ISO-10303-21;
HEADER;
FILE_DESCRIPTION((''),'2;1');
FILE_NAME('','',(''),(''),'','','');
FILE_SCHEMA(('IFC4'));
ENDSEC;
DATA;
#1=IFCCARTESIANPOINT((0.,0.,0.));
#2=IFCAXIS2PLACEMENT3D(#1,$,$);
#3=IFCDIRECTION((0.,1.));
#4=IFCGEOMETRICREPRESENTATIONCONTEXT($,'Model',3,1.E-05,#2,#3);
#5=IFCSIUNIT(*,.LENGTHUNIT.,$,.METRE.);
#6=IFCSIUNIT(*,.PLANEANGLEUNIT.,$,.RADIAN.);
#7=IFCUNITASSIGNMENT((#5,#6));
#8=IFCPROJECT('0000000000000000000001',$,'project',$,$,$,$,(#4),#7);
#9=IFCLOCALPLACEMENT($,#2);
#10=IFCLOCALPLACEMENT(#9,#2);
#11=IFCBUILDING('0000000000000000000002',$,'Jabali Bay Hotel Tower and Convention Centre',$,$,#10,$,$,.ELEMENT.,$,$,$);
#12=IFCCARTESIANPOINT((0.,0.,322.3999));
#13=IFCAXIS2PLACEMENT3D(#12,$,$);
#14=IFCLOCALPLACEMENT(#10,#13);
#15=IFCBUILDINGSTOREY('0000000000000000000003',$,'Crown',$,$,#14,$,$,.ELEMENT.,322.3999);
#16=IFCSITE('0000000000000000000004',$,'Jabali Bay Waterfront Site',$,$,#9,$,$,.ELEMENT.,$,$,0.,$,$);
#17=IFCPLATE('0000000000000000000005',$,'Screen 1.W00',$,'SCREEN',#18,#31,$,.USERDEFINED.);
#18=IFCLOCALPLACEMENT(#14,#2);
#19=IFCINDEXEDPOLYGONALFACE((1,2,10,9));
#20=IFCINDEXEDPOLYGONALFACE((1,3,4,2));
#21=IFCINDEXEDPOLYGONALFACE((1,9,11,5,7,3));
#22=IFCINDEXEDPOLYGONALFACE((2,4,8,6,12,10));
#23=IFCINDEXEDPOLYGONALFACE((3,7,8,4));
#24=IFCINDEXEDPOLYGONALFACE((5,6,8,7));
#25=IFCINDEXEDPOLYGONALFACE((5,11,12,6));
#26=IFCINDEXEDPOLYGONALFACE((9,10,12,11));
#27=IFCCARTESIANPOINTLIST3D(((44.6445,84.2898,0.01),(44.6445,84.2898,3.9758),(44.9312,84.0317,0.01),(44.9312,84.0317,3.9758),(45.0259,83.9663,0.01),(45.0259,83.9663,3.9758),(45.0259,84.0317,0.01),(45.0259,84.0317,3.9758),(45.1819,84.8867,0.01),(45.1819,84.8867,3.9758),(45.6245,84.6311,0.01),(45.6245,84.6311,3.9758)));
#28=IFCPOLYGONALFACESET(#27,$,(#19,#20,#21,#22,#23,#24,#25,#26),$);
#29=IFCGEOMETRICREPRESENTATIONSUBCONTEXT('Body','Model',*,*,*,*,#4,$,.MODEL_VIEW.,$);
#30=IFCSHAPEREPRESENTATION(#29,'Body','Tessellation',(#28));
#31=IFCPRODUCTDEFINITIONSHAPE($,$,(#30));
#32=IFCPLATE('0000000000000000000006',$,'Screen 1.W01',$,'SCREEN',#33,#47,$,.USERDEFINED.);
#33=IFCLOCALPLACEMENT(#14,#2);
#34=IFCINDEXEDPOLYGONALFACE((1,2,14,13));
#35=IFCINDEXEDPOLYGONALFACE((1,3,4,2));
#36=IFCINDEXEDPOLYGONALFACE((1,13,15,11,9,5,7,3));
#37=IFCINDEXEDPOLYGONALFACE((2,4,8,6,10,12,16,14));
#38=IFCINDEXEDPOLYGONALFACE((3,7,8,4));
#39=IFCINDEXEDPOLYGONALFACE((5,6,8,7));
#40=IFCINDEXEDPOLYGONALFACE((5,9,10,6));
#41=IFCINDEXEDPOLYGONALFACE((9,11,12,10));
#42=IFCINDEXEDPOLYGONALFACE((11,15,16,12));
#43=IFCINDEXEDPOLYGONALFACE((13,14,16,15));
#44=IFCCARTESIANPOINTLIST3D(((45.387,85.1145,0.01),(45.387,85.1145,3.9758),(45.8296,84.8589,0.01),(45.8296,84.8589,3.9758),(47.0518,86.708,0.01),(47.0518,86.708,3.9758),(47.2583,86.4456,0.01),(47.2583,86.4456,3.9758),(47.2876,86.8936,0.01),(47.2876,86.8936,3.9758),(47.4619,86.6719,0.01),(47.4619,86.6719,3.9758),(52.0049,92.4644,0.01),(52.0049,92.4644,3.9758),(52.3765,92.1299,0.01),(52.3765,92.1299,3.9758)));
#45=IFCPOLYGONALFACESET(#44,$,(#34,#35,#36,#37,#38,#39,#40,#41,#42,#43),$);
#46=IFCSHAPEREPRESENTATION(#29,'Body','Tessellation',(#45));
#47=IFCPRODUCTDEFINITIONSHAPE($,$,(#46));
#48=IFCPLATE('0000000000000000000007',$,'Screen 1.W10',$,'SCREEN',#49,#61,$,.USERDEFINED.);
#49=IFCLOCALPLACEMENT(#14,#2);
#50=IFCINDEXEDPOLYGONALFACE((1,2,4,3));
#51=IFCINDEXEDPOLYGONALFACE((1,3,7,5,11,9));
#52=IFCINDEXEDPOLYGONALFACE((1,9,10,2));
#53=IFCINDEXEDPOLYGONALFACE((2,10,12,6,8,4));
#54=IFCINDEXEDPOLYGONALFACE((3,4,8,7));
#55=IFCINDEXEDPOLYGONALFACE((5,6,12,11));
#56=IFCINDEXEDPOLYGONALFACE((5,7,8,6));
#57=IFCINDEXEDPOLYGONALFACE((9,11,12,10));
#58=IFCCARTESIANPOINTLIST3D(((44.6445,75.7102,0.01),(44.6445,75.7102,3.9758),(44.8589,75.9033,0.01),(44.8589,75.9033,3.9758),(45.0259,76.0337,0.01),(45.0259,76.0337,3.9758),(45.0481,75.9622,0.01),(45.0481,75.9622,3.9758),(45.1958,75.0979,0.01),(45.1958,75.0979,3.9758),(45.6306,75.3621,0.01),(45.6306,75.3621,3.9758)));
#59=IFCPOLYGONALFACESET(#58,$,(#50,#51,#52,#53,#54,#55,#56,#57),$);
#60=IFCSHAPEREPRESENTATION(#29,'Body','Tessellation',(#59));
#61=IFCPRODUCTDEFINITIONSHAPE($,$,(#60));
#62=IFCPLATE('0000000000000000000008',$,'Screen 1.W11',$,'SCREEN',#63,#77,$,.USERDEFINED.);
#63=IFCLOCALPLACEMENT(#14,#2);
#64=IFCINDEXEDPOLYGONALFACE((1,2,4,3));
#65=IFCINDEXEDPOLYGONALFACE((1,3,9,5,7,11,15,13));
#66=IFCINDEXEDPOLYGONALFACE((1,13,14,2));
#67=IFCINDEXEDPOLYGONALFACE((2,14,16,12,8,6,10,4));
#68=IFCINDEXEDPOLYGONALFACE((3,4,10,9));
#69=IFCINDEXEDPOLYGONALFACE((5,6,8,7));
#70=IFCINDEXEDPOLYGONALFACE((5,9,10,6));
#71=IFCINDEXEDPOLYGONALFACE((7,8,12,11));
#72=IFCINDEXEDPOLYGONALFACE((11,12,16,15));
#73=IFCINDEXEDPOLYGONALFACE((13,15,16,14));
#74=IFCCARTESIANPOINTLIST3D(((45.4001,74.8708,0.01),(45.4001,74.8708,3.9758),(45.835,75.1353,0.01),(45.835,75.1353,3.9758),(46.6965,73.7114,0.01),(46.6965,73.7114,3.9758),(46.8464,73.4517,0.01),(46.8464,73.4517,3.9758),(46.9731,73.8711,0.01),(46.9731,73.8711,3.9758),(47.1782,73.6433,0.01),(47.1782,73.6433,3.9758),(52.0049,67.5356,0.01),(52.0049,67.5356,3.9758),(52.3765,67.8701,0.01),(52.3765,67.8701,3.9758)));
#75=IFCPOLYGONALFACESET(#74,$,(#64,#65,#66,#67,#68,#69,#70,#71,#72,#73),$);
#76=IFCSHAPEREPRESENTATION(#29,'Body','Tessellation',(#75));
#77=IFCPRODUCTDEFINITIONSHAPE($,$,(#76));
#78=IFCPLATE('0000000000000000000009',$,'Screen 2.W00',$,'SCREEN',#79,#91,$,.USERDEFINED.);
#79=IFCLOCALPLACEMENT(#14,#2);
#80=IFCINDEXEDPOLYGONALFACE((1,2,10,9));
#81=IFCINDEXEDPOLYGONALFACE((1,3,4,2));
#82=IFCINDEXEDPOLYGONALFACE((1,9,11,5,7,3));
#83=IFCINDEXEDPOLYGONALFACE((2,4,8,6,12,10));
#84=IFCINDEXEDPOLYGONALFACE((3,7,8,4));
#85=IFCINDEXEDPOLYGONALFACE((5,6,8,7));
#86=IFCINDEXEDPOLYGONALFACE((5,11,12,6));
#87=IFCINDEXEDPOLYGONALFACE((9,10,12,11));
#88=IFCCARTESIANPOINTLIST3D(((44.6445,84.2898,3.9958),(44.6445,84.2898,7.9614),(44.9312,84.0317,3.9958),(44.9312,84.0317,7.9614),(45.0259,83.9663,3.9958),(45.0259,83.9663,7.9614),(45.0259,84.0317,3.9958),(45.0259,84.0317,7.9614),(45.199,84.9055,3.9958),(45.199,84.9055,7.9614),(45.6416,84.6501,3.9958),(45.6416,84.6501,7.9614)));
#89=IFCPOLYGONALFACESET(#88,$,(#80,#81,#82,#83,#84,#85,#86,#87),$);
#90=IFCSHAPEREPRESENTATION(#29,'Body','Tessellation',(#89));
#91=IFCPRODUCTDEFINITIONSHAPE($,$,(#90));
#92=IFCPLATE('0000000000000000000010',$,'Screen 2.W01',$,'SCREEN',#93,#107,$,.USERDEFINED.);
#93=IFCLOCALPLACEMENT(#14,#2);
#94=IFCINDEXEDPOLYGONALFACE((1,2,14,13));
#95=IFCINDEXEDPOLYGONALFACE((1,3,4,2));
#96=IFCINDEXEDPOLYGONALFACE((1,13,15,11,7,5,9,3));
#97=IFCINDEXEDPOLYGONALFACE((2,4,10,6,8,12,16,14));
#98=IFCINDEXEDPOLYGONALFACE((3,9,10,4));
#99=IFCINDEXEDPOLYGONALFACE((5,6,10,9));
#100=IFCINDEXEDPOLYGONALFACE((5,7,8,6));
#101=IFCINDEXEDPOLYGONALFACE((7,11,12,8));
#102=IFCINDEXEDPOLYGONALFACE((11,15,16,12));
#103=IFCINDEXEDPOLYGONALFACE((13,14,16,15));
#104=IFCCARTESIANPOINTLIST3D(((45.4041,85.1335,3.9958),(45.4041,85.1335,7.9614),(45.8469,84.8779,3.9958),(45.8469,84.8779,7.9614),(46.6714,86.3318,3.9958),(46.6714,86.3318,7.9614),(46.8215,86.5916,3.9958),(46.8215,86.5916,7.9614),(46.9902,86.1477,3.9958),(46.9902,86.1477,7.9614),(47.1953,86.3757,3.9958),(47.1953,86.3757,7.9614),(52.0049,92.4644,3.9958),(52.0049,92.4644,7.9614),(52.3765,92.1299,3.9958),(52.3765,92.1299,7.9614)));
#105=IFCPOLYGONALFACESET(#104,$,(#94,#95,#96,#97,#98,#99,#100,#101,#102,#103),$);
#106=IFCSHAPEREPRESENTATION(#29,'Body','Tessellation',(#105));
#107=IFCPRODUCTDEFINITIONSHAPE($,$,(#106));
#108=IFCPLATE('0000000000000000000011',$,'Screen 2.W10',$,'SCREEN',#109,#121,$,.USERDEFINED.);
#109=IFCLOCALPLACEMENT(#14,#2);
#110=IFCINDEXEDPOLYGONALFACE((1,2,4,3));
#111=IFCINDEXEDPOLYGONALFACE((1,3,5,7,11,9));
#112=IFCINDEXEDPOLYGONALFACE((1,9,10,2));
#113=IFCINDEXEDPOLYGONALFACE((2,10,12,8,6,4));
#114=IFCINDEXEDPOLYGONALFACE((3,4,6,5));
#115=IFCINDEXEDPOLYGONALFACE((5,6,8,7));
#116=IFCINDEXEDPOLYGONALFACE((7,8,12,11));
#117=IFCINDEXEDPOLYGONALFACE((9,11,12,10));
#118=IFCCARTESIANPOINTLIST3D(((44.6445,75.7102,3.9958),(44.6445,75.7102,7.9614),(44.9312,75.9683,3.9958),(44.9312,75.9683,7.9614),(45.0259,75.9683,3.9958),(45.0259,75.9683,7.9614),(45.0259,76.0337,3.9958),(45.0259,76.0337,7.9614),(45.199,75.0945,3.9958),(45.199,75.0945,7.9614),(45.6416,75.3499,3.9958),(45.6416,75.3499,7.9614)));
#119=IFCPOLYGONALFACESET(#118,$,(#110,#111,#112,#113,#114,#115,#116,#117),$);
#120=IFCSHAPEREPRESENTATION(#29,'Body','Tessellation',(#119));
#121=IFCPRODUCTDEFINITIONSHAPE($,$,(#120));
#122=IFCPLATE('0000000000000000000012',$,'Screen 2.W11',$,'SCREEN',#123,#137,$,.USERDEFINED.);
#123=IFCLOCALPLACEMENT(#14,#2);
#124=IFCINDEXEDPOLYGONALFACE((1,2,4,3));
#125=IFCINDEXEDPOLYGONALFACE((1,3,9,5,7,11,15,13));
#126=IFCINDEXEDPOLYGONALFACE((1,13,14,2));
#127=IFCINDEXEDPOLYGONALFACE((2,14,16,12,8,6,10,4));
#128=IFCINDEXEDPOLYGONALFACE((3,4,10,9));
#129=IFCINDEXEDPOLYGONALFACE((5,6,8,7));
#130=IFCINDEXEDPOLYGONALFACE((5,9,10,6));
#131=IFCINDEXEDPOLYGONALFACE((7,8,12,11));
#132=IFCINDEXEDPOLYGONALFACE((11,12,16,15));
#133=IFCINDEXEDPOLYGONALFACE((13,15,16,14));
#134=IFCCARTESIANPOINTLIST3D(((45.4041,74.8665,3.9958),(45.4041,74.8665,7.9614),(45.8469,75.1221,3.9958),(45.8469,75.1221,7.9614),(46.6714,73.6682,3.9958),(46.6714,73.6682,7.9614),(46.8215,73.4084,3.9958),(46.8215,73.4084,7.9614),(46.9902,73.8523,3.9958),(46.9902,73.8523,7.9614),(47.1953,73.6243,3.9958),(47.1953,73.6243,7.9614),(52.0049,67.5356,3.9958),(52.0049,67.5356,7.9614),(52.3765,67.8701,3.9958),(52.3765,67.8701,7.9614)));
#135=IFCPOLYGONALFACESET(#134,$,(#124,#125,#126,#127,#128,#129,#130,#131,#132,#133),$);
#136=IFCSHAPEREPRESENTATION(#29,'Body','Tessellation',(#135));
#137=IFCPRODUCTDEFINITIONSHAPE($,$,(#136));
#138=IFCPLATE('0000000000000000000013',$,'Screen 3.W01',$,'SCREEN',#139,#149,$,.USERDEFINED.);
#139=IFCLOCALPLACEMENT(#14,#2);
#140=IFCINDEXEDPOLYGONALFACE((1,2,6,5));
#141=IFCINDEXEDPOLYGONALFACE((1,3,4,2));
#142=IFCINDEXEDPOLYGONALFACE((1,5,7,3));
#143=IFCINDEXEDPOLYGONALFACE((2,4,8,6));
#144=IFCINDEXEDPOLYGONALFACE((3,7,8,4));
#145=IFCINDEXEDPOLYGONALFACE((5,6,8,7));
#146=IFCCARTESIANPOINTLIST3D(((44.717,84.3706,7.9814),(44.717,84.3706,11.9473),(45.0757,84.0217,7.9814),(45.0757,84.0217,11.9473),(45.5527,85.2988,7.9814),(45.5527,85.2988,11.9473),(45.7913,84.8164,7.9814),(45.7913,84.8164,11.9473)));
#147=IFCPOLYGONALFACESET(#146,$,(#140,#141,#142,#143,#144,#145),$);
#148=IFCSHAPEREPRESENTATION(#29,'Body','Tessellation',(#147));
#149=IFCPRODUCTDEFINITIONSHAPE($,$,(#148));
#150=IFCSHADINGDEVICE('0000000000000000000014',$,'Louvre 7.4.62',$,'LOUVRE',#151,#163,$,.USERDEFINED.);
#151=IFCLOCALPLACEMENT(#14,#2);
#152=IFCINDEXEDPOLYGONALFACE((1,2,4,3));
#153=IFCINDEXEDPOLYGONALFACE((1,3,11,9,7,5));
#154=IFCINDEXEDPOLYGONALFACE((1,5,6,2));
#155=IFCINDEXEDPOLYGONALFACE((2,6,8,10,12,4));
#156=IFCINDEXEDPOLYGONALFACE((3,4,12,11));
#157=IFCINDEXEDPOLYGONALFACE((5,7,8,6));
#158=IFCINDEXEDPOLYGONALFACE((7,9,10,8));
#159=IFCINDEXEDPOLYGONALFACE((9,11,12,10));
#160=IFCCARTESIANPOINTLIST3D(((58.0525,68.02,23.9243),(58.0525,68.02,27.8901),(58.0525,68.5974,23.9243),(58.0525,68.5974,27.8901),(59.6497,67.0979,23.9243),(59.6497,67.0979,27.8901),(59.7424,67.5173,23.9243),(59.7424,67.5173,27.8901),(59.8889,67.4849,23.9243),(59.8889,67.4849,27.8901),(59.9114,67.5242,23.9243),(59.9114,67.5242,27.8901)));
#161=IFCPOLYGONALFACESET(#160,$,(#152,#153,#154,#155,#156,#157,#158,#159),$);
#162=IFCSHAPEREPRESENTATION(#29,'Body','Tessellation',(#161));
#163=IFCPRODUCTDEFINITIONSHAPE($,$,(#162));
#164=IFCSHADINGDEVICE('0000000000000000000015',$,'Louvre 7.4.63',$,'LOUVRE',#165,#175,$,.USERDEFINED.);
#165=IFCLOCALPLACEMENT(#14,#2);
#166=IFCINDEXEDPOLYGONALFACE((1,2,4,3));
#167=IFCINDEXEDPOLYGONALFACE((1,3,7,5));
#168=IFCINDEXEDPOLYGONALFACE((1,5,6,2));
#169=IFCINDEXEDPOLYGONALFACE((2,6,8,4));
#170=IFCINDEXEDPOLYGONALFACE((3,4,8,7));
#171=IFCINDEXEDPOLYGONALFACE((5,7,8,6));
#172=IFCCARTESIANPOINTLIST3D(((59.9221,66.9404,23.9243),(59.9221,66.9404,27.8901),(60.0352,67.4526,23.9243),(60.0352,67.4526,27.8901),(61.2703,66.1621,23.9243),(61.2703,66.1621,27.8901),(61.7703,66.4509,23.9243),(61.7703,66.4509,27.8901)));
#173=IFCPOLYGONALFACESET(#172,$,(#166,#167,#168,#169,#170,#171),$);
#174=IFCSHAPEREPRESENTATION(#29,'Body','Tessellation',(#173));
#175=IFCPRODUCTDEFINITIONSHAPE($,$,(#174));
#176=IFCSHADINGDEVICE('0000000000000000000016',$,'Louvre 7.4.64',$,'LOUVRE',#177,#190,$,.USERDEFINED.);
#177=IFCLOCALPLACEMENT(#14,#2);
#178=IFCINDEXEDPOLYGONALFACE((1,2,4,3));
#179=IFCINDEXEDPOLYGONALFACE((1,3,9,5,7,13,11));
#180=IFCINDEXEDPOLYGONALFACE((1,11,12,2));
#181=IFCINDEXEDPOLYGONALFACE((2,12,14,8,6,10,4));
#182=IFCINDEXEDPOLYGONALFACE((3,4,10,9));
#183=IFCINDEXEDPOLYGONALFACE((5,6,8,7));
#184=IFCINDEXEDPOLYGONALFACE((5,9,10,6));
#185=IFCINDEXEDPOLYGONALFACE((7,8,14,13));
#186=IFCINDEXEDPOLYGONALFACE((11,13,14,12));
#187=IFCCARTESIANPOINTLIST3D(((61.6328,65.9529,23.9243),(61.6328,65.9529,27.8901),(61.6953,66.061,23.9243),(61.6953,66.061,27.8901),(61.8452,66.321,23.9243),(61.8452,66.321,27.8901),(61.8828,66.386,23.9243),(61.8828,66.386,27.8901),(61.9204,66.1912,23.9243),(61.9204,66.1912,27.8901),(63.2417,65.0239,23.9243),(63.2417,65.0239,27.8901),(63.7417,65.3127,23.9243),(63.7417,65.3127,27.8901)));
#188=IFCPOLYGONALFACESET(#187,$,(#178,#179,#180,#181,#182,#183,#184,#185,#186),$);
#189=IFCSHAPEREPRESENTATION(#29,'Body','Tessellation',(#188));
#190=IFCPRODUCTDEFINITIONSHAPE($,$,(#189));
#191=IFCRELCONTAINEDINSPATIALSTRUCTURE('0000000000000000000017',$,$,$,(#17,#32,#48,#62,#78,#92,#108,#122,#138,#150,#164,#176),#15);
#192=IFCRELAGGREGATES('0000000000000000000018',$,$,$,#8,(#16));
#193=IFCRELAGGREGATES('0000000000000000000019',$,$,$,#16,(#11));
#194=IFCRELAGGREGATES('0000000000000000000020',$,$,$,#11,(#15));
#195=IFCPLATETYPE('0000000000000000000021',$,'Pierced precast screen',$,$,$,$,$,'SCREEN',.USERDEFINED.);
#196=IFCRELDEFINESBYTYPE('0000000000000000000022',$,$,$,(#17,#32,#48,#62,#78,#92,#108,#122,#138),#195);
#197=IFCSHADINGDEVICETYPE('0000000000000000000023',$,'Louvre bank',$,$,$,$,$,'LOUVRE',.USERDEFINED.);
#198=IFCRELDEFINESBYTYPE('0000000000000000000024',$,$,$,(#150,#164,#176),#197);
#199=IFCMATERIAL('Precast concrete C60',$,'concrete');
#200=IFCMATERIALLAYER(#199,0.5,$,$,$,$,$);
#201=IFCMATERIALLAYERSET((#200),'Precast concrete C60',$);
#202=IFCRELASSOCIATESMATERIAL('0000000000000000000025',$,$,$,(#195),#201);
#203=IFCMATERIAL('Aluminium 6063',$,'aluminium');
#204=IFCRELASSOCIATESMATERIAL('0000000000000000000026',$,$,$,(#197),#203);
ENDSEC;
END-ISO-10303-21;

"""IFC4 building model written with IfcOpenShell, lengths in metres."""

from ifc_helpers import new_model, si_unit, direction, frame, origin, place, context, subcontext, project, spatial, polyline, outline, extrude, material, layer, layer_set, type_object, element, save


model = new_model("IFC4")

# Units and contexts
model_context = context("Model", 3, precision=1e-05, world=origin(), true_north=direction((0.0, 1.0)))
body_context = subcontext(model_context, "Body", "Model", "MODEL_VIEW")
ifc_project = project(units=[si_unit("LENGTHUNIT", "METRE"), si_unit("PLANEANGLEUNIT", "RADIAN")], contexts=[model_context])

# Site, building, storey
site_placement = place(None, origin())
site = spatial("IfcSite", under=ifc_project, at=site_placement, Name="Jabali Bay Waterfront Site", CompositionType="ELEMENT", RefElevation=0.0)
building_placement = place(site_placement, origin())
building = spatial("IfcBuilding", under=site, at=building_placement, Name="Jabali Bay Hotel Tower and Convention Centre", CompositionType="ELEMENT")
storey_placement = place(building_placement, frame((0.0, 0.0, 322.3999)))
storey = spatial("IfcBuildingStorey", under=building, at=storey_placement, Name="Crown", CompositionType="ELEMENT", Elevation=322.3999)

# Plates
ifc_material_1 = material(Name="Precast concrete C60", Category="concrete")
ifc_layer = layer(ifc_material_1, 0.5)
ifc_layer_set = layer_set([ifc_layer], Name="Precast concrete C60")
plate_type = type_object("IfcPlateType", Name="Pierced precast screen", ElementType="SCREEN", PredefinedType="USERDEFINED", material=ifc_layer_set)
plate_1_placement = place(storey_placement, frame((0.0, 0.0, 0.01)))
element("IfcPlate", 1, at=plate_1_placement, inside=storey, type_object=plate_type, Name="Screen 1.W00", ObjectType="SCREEN", PredefinedType="USERDEFINED", context=body_context, shape_type="SweptSolid", body=[
    extrude(outline(polyline([(45.0259, 83.9663), (45.6245, 84.6311), (45.1819, 84.8867), (44.6445, 84.2898), (44.9312, 84.0317), (45.0259, 84.0317), (45.0259, 83.9663)])), origin(), (0.0, 0.0, 1.0), 3.9658),
])
plate_2_placement = place(storey_placement, frame((0.0, 0.0, 0.01)))
element("IfcPlate", 2, at=plate_2_placement, inside=storey, type_object=plate_type, Name="Screen 1.W01", ObjectType="SCREEN", PredefinedType="USERDEFINED", context=body_context, shape_type="SweptSolid", body=[
    extrude(outline(polyline([(45.8296, 84.8589), (47.2583, 86.4456), (47.0518, 86.708), (47.2876, 86.8936), (47.4619, 86.6719), (52.3765, 92.1299), (52.0049, 92.4644), (45.387, 85.1145), (45.8296, 84.8589)])), origin(), (0.0, 0.0, 1.0), 3.9658),
])
plate_3_placement = place(storey_placement, frame((0.0, 0.0, 0.01)))
element("IfcPlate", 3, at=plate_3_placement, inside=storey, type_object=plate_type, Name="Screen 1.W10", ObjectType="SCREEN", PredefinedType="USERDEFINED", context=body_context, shape_type="SweptSolid", body=[
    extrude(outline(polyline([(45.6306, 75.3621), (45.0259, 76.0337), (45.0481, 75.9622), (44.8589, 75.9033), (44.6445, 75.7102), (45.1958, 75.0979), (45.6306, 75.3621)])), origin(), (0.0, 0.0, 1.0), 3.9658),
])
plate_4_placement = place(storey_placement, frame((0.0, 0.0, 0.01)))
element("IfcPlate", 4, at=plate_4_placement, inside=storey, type_object=plate_type, Name="Screen 1.W11", ObjectType="SCREEN", PredefinedType="USERDEFINED", context=body_context, shape_type="SweptSolid", body=[
    extrude(outline(polyline([(46.9731, 73.8711), (45.835, 75.1353), (45.4001, 74.8708), (52.0049, 67.5356), (52.3765, 67.8701), (47.1782, 73.6433), (46.8464, 73.4517), (46.6965, 73.7114), (46.9731, 73.8711)])), origin(), (0.0, 0.0, 1.0), 3.9658),
])
plate_5_placement = place(storey_placement, frame((0.0, 0.0, 3.9958)))
element("IfcPlate", 5, at=plate_5_placement, inside=storey, type_object=plate_type, Name="Screen 2.W00", ObjectType="SCREEN", PredefinedType="USERDEFINED", context=body_context, shape_type="SweptSolid", body=[
    extrude(outline(polyline([(45.0259, 83.9663), (45.6416, 84.6501), (45.199, 84.9055), (44.6445, 84.2898), (44.9312, 84.0317), (45.0259, 84.0317), (45.0259, 83.9663)])), origin(), (0.0, 0.0, 1.0), 3.9656),
])
plate_6_placement = place(storey_placement, frame((0.0, 0.0, 3.9958)))
element("IfcPlate", 6, at=plate_6_placement, inside=storey, type_object=plate_type, Name="Screen 2.W01", ObjectType="SCREEN", PredefinedType="USERDEFINED", context=body_context, shape_type="SweptSolid", body=[
    extrude(outline(polyline([(45.8469, 84.8779), (46.9902, 86.1477), (46.6714, 86.3318), (46.8215, 86.5916), (47.1953, 86.3757), (52.3765, 92.1299), (52.0049, 92.4644), (45.4041, 85.1335), (45.8469, 84.8779)])), origin(), (0.0, 0.0, 1.0), 3.9656),
])
plate_7_placement = place(storey_placement, frame((0.0, 0.0, 3.9958)))
element("IfcPlate", 7, at=plate_7_placement, inside=storey, type_object=plate_type, Name="Screen 2.W10", ObjectType="SCREEN", PredefinedType="USERDEFINED", context=body_context, shape_type="SweptSolid", body=[
    extrude(outline(polyline([(45.6416, 75.3499), (45.0259, 76.0337), (45.0259, 75.9683), (44.9312, 75.9683), (44.6445, 75.7102), (45.199, 75.0945), (45.6416, 75.3499)])), origin(), (0.0, 0.0, 1.0), 3.9656),
])
plate_8_placement = place(storey_placement, frame((0.0, 0.0, 3.9958)))
element("IfcPlate", 8, at=plate_8_placement, inside=storey, type_object=plate_type, Name="Screen 2.W11", ObjectType="SCREEN", PredefinedType="USERDEFINED", context=body_context, shape_type="SweptSolid", body=[
    extrude(outline(polyline([(46.9902, 73.8523), (45.8469, 75.1221), (45.4041, 74.8665), (52.0049, 67.5356), (52.3765, 67.8701), (47.1953, 73.6243), (46.8215, 73.4084), (46.6714, 73.6682), (46.9902, 73.8523)])), origin(), (0.0, 0.0, 1.0), 3.9656),
])
plate_9_placement = place(storey_placement, frame((0.0, 0.0, 7.9814)))
element("IfcPlate", 9, at=plate_9_placement, inside=storey, type_object=plate_type, Name="Screen 3.W01", ObjectType="SCREEN", PredefinedType="USERDEFINED", context=body_context, shape_type="SweptSolid", body=[
    extrude(outline(polyline([(45.0757, 84.0217), (45.7913, 84.8164), (45.5527, 85.2988), (44.717, 84.3706), (45.0757, 84.0217)])), origin(), (0.0, 0.0, 1.0), 3.9658),
])

# Shading devices
ifc_material_2 = material(Name="Aluminium 6063", Category="aluminium")
shading_device_type = type_object("IfcShadingDeviceType", Name="Louvre bank", ElementType="LOUVRE", PredefinedType="USERDEFINED", material=ifc_material_2)
shading_device_1_placement = place(storey_placement, frame((0.0, 0.0, 23.9243)))
element("IfcShadingDevice", 10, at=shading_device_1_placement, inside=storey, type_object=shading_device_type, Name="Louvre 7.4.62", ObjectType="LOUVRE", PredefinedType="USERDEFINED", context=body_context, shape_type="SweptSolid", body=[
    extrude(outline(polyline([(59.9114, 67.5242), (58.0525, 68.5974), (58.0525, 68.02), (59.6497, 67.0979), (59.7424, 67.5173), (59.8889, 67.4849), (59.9114, 67.5242)])), origin(), (0.0, 0.0, 1.0), 3.9658),
])
shading_device_2_placement = place(storey_placement, frame((0.0, 0.0, 23.9243)))
element("IfcShadingDevice", 11, at=shading_device_2_placement, inside=storey, type_object=shading_device_type, Name="Louvre 7.4.63", ObjectType="LOUVRE", PredefinedType="USERDEFINED", context=body_context, shape_type="SweptSolid", body=[
    extrude(outline(polyline([(61.7703, 66.4509), (60.0352, 67.4526), (59.9221, 66.9404), (61.2703, 66.1621), (61.7703, 66.4509)])), origin(), (0.0, 0.0, 1.0), 3.9658),
])
shading_device_3_placement = place(storey_placement, frame((0.0, 0.0, 23.9243)))
element("IfcShadingDevice", 12, at=shading_device_3_placement, inside=storey, type_object=shading_device_type, Name="Louvre 7.4.64", ObjectType="LOUVRE", PredefinedType="USERDEFINED", context=body_context, shape_type="SweptSolid", body=[
    extrude(outline(polyline([(63.7417, 65.3127), (61.8828, 66.386), (61.8452, 66.321), (61.9204, 66.1912), (61.6953, 66.061), (61.6328, 65.9529), (63.2417, 65.0239), (63.7417, 65.3127)])), origin(), (0.0, 0.0, 1.0), 3.9658),
])

save(model, "model.ifc")
